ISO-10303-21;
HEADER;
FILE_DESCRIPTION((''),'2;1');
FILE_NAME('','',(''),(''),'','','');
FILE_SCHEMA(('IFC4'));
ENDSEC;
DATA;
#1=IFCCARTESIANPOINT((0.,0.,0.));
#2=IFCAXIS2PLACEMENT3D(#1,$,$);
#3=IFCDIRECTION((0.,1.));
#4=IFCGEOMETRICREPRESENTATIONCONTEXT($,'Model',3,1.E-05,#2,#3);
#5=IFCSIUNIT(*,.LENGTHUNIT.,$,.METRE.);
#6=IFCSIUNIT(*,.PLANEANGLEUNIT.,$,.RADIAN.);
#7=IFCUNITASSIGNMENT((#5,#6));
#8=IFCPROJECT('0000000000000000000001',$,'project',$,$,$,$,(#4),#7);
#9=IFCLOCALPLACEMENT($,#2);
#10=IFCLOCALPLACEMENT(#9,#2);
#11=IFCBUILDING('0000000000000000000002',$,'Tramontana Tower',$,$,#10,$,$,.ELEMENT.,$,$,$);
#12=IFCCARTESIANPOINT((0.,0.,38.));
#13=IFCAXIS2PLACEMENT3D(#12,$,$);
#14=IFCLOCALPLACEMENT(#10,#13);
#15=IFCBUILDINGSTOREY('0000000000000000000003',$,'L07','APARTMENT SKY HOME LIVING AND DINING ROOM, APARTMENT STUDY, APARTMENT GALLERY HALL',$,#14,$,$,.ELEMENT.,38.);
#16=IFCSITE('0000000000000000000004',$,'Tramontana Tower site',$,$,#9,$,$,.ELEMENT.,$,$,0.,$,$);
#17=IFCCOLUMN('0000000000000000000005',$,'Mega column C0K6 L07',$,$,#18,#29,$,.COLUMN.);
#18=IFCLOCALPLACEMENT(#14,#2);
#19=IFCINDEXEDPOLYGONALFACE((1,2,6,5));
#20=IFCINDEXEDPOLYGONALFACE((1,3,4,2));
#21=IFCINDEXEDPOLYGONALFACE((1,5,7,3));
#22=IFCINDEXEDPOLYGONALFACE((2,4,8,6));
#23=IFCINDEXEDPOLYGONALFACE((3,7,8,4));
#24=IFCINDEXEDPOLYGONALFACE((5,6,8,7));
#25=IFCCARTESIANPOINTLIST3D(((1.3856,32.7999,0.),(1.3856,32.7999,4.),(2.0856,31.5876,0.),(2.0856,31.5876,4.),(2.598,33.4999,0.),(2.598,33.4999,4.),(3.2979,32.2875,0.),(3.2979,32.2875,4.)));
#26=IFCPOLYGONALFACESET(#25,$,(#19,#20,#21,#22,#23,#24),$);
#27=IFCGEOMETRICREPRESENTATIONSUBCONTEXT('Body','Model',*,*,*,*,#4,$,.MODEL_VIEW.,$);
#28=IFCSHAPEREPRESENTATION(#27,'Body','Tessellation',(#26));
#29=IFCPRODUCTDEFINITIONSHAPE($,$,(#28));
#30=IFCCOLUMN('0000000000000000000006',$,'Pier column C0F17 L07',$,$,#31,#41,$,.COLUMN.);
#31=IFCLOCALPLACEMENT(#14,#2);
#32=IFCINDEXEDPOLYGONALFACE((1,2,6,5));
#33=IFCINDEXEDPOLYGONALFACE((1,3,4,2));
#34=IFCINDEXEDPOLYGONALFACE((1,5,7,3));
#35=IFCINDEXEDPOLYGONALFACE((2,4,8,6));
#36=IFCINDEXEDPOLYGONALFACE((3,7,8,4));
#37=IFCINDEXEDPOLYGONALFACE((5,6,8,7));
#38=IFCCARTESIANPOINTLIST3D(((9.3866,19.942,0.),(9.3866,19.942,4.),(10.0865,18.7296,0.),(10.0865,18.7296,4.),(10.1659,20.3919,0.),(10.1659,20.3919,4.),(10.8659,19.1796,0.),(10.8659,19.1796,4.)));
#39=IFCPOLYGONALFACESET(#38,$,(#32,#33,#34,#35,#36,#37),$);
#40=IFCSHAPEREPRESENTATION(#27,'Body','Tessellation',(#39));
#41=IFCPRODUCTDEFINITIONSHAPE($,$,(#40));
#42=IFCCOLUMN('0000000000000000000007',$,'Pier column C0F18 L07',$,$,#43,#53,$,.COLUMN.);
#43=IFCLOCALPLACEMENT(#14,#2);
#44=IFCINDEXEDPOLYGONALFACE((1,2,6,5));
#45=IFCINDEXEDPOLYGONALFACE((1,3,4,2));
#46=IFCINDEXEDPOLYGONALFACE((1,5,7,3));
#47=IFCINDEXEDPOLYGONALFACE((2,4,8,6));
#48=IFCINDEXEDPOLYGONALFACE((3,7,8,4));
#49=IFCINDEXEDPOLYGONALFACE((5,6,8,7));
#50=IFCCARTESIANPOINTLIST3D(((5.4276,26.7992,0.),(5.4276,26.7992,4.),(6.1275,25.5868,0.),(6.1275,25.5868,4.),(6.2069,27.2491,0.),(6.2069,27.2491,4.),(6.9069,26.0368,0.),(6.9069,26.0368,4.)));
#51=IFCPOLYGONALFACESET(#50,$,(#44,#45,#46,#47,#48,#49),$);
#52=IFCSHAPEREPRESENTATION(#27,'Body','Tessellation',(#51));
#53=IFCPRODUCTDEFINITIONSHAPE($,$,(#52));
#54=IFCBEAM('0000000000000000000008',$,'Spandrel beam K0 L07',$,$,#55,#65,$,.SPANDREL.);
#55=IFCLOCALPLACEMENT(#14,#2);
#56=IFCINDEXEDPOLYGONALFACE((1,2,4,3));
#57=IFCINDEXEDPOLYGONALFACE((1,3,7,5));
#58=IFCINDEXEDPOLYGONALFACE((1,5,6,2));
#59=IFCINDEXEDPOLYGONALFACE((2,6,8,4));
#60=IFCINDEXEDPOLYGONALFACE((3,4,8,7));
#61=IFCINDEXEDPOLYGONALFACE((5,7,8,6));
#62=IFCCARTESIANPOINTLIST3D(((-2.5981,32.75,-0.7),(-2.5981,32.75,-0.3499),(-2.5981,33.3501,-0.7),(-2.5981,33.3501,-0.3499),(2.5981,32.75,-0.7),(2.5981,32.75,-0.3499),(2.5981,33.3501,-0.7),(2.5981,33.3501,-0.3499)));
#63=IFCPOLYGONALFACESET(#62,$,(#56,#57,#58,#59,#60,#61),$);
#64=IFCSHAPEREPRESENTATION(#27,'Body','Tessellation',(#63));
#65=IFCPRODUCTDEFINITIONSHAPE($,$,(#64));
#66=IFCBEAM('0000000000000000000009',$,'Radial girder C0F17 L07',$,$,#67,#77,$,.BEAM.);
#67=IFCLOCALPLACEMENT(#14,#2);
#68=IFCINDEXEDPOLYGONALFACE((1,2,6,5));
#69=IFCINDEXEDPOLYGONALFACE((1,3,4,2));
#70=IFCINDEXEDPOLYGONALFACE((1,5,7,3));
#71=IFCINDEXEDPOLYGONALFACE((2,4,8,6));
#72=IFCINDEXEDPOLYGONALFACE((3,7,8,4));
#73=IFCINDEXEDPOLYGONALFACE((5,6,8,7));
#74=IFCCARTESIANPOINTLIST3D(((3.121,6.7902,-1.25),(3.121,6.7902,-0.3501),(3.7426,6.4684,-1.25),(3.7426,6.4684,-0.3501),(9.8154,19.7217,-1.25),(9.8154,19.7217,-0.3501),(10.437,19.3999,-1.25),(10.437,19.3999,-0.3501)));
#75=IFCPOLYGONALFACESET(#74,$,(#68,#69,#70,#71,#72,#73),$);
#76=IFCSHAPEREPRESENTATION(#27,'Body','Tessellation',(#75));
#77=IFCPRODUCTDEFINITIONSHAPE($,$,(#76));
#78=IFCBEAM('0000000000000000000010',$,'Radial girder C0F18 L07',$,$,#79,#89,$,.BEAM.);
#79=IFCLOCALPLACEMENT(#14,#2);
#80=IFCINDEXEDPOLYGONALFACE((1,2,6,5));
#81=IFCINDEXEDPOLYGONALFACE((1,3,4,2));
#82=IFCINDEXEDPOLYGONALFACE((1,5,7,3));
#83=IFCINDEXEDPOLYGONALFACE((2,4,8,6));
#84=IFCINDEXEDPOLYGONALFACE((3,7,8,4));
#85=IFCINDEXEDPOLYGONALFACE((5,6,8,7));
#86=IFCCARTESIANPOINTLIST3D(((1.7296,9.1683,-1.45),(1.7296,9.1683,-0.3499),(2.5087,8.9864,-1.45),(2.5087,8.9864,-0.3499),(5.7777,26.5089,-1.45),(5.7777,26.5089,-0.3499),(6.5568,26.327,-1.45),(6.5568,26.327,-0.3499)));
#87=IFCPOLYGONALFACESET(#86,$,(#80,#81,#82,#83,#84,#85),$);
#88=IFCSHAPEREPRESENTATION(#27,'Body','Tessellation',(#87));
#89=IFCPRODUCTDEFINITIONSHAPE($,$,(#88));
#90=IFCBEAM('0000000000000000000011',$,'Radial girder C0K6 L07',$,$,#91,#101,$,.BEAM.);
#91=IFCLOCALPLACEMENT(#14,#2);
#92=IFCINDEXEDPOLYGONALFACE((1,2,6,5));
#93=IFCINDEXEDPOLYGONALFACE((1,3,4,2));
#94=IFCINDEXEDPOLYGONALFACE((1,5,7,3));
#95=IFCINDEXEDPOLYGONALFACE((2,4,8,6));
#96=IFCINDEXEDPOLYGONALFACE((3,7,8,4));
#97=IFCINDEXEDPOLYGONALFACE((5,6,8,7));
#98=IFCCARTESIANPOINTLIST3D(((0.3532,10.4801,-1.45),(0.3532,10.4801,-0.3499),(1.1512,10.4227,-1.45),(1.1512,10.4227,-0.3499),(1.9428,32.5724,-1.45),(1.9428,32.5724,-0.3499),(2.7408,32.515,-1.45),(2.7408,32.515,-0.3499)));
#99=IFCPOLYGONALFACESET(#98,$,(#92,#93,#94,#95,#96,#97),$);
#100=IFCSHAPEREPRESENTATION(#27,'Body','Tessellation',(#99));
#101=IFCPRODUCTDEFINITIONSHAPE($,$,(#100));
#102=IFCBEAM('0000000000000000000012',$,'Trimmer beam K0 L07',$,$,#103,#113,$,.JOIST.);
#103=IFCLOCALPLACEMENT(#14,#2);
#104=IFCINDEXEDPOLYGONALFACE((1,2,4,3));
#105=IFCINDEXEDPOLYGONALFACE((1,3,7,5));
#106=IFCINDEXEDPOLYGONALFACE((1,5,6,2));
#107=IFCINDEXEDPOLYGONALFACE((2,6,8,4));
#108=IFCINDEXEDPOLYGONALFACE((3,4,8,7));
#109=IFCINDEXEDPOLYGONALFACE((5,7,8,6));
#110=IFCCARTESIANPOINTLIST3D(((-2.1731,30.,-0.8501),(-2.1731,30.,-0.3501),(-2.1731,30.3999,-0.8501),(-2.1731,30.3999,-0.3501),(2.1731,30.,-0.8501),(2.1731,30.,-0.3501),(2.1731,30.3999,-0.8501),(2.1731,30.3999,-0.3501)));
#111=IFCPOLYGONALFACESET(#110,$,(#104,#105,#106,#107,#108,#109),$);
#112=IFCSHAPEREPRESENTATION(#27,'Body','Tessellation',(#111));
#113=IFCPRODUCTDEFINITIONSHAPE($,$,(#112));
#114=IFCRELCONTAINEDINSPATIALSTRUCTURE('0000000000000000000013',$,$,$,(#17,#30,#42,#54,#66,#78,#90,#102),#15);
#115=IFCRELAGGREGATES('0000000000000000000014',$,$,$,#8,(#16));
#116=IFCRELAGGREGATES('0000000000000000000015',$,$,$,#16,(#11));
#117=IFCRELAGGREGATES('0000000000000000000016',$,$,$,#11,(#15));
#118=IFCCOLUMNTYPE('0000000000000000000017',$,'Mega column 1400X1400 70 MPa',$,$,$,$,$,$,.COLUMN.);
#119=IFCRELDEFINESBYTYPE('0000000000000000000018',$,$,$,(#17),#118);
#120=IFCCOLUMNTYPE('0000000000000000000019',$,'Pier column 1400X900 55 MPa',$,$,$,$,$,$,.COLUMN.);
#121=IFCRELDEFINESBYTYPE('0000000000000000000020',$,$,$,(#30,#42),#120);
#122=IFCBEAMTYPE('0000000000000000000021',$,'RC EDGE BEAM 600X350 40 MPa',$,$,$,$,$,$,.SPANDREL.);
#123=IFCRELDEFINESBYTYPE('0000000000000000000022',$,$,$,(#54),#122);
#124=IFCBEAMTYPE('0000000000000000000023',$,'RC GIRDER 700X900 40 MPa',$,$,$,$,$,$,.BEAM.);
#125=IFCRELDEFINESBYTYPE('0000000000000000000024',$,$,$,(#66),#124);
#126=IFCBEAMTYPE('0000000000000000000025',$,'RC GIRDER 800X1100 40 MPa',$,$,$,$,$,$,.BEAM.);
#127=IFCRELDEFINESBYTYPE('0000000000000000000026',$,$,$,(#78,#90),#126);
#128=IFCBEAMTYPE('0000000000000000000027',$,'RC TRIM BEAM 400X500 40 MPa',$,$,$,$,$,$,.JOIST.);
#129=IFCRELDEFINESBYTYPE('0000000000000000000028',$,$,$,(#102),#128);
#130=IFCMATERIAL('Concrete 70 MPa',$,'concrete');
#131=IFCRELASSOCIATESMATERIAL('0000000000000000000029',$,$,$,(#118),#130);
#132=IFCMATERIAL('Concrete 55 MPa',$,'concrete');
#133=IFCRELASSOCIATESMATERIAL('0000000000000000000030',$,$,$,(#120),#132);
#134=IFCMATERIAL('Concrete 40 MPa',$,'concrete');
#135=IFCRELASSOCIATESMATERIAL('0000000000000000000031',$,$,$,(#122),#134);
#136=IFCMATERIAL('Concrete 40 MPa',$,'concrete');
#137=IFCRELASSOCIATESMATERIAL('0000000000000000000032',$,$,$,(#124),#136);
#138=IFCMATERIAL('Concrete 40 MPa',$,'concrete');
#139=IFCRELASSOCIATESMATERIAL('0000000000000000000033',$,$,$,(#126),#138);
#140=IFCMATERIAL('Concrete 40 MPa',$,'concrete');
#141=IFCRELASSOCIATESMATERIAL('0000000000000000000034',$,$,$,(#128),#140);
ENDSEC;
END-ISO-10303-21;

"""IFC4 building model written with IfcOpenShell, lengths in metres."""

from ifc_helpers import new_model, si_unit, direction, frame, origin, origin_2d, place, context, subcontext, project, spatial, rectangle, extrude, material, material_profile, profile_set, type_object, element, save


model = new_model("IFC4")

# Units and contexts
model_context = context("Model", 3, precision=1e-05, world=origin(), true_north=direction((0.0, 1.0)))
body_context = subcontext(model_context, "Body", "Model", "MODEL_VIEW")
ifc_project = project(units=[si_unit("LENGTHUNIT", "METRE"), si_unit("PLANEANGLEUNIT", "RADIAN")], contexts=[model_context])

# Site, building, storey
site_placement = place(None, origin())
site = spatial("IfcSite", under=ifc_project, at=site_placement, Name="Tramontana Tower site", CompositionType="ELEMENT", RefElevation=0.0)
building_placement = place(site_placement, origin())
building = spatial("IfcBuilding", under=site, at=building_placement, Name="Tramontana Tower", CompositionType="ELEMENT")
storey_placement = place(building_placement, frame((0.0, 0.0, 38.0)))
storey = spatial("IfcBuildingStorey", under=building, at=storey_placement, Name="L07", Description="APARTMENT SKY HOME LIVING AND DINING ROOM, APARTMENT STUDY, APARTMENT GALLERY HALL", CompositionType="ELEMENT", Elevation=38.0)

# Columns
ifc_material_1 = material(Name="Concrete 70 MPa", Category="concrete")
ifc_material_profile_1 = material_profile(ifc_material_1, rectangle(XDim=1.3999, YDim=1.3999, at=origin_2d()), Name="Mega column 1400X1400 70 MPa")
ifc_profile_set_1 = profile_set([ifc_material_profile_1], Name="Concrete 70 MPa")
column_type_1 = type_object("IfcColumnType", Name="Mega column 1400X1400 70 MPa", PredefinedType="COLUMN", material=ifc_profile_set_1)
column_placement = place(storey_placement, frame((2.3418, 32.5437, 0.0), z_axis=(0.0, 0.0, 1.0), x_axis=(-0.5, 0.866025, 0.0)))
element("IfcColumn", 1, at=column_placement, inside=storey, type_object=column_type_1, Name="Mega column C0K6 L07", PredefinedType="COLUMN", context=body_context, shape_type="SweptSolid", body=[
    extrude(rectangle(XDim=1.3999, YDim=1.3999, at=origin_2d()), origin(), (0.0, 0.0, 1.0), 4.0),
])
ifc_material_2 = material(Name="Concrete 55 MPa", Category="concrete")
ifc_material_profile_2 = material_profile(ifc_material_2, rectangle(XDim=1.3999, YDim=0.8999, at=origin_2d()), Name="Pier column 1400X900 55 MPa")
ifc_profile_set_2 = profile_set([ifc_material_profile_2], Name="Concrete 55 MPa")
column_type_2 = type_object("IfcColumnType", Name="Pier column 1400X900 55 MPa", PredefinedType="COLUMN", material=ifc_profile_set_2)
for number, where, z_axis, x_axis, name in (
    (2, (10.1262, 19.5608, 0.0), (0.0, 0.0, 1.0), (-0.5, 0.866025, 0.0), "Pier column C0F17 L07"),
    (3, (6.1672, 26.418, 0.0), (0.0, 0.0, 1.0), (-0.5, 0.866025, 0.0), "Pier column C0F18 L07"),
):
    element("IfcColumn", number, at=place(storey_placement, frame(where, z_axis=z_axis, x_axis=x_axis)), inside=storey, type_object=column_type_2, Name=name, PredefinedType="COLUMN", context=body_context, shape_type="SweptSolid", body=[
        extrude(rectangle(XDim=1.3999, YDim=0.8999, at=origin_2d()), origin(), (0.0, 0.0, 1.0), 4.0),
    ])

# Beams
ifc_material_3 = material(Name="Concrete 40 MPa", Category="concrete")
ifc_material_profile_3 = material_profile(ifc_material_3, rectangle(XDim=0.6001, YDim=0.3501, at=origin_2d()), Name="RC EDGE BEAM 600X350 40 MPa")
ifc_profile_set_3 = profile_set([ifc_material_profile_3], Name="Concrete 40 MPa")
beam_type_1 = type_object("IfcBeamType", Name="RC EDGE BEAM 600X350 40 MPa", PredefinedType="SPANDREL", material=ifc_profile_set_3)
beam_1_placement = place(storey_placement, frame((2.5981, 33.05, -0.5249), z_axis=(-1.0, 0.0, 0.0), x_axis=(0.0, -1.0, 0.0)))
element("IfcBeam", 4, at=beam_1_placement, inside=storey, type_object=beam_type_1, Name="Spandrel beam K0 L07", PredefinedType="SPANDREL", context=body_context, shape_type="SweptSolid", body=[
    extrude(rectangle(XDim=0.6001, YDim=0.3501, at=origin_2d()), origin(), (0.0, 0.0, 1.0), 5.1963),
])
ifc_material_4 = material(Name="Concrete 40 MPa", Category="concrete")
ifc_material_profile_4 = material_profile(ifc_material_4, rectangle(XDim=0.7, YDim=0.8999, at=origin_2d()), Name="RC GIRDER 700X900 40 MPa")
ifc_profile_set_4 = profile_set([ifc_material_profile_4], Name="Concrete 40 MPa")
beam_type_2 = type_object("IfcBeamType", Name="RC GIRDER 700X900 40 MPa", PredefinedType="BEAM", material=ifc_profile_set_4)
beam_2_placement = place(storey_placement, frame((10.1262, 19.5608, -0.8), z_axis=(-0.459731, -0.888058, 0.0), x_axis=(0.888058, -0.459731, 0.0)))
element("IfcBeam", 5, at=beam_2_placement, inside=storey, type_object=beam_type_2, Name="Radial girder C0F17 L07", PredefinedType="BEAM", context=body_context, shape_type="SweptSolid", body=[
    extrude(rectangle(XDim=0.7, YDim=0.8999, at=origin_2d()), origin(), (0.0, 0.0, 1.0), 14.5615),
])
ifc_material_5 = material(Name="Concrete 40 MPa", Category="concrete")
ifc_material_profile_5 = material_profile(ifc_material_5, rectangle(XDim=0.8, YDim=1.1001, at=origin_2d()), Name="RC GIRDER 800X1100 40 MPa")
ifc_profile_set_5 = profile_set([ifc_material_profile_5], Name="Concrete 40 MPa")
beam_type_3 = type_object("IfcBeamType", Name="RC GIRDER 800X1100 40 MPa", PredefinedType="BEAM", material=ifc_profile_set_5)
beam_3_placement = place(storey_placement, frame((6.1672, 26.418, -0.8999), z_axis=(-0.227334, -0.973817, 0.0), x_axis=(0.973817, -0.227334, 0.0)))
element("IfcBeam", 6, at=beam_3_placement, inside=storey, type_object=beam_type_3, Name="Radial girder C0F18 L07", PredefinedType="BEAM", context=body_context, shape_type="SweptSolid", body=[
    extrude(rectangle(XDim=0.8, YDim=1.1001, at=origin_2d()), origin(), (0.0, 0.0, 1.0), 17.8069),
])
beam_4_placement = place(storey_placement, frame((2.3418, 32.5437, -0.8999), z_axis=(-0.071767, -0.997421, 0.0), x_axis=(0.997421, -0.071767, 0.0)))
element("IfcBeam", 7, at=beam_4_placement, inside=storey, type_object=beam_type_3, Name="Radial girder C0K6 L07", PredefinedType="BEAM", context=body_context, shape_type="SweptSolid", body=[
    extrude(rectangle(XDim=0.8, YDim=1.1001, at=origin_2d()), origin(), (0.0, 0.0, 1.0), 22.1494),
])
ifc_material_6 = material(Name="Concrete 40 MPa", Category="concrete")
ifc_material_profile_6 = material_profile(ifc_material_6, rectangle(XDim=0.3999, YDim=0.5, at=origin_2d()), Name="RC TRIM BEAM 400X500 40 MPa")
ifc_profile_set_6 = profile_set([ifc_material_profile_6], Name="Concrete 40 MPa")
beam_type_4 = type_object("IfcBeamType", Name="RC TRIM BEAM 400X500 40 MPa", PredefinedType="JOIST", material=ifc_profile_set_6)
beam_5_placement = place(storey_placement, frame((2.1731, 30.2, -0.6001), z_axis=(-1.0, 0.0, 0.0), x_axis=(0.0, -1.0, 0.0)))
element("IfcBeam", 8, at=beam_5_placement, inside=storey, type_object=beam_type_4, Name="Trimmer beam K0 L07", PredefinedType="JOIST", context=body_context, shape_type="SweptSolid", body=[
    extrude(rectangle(XDim=0.3999, YDim=0.5, at=origin_2d()), origin(), (0.0, 0.0, 1.0), 4.3462),
])

save(model, "model.ifc")
